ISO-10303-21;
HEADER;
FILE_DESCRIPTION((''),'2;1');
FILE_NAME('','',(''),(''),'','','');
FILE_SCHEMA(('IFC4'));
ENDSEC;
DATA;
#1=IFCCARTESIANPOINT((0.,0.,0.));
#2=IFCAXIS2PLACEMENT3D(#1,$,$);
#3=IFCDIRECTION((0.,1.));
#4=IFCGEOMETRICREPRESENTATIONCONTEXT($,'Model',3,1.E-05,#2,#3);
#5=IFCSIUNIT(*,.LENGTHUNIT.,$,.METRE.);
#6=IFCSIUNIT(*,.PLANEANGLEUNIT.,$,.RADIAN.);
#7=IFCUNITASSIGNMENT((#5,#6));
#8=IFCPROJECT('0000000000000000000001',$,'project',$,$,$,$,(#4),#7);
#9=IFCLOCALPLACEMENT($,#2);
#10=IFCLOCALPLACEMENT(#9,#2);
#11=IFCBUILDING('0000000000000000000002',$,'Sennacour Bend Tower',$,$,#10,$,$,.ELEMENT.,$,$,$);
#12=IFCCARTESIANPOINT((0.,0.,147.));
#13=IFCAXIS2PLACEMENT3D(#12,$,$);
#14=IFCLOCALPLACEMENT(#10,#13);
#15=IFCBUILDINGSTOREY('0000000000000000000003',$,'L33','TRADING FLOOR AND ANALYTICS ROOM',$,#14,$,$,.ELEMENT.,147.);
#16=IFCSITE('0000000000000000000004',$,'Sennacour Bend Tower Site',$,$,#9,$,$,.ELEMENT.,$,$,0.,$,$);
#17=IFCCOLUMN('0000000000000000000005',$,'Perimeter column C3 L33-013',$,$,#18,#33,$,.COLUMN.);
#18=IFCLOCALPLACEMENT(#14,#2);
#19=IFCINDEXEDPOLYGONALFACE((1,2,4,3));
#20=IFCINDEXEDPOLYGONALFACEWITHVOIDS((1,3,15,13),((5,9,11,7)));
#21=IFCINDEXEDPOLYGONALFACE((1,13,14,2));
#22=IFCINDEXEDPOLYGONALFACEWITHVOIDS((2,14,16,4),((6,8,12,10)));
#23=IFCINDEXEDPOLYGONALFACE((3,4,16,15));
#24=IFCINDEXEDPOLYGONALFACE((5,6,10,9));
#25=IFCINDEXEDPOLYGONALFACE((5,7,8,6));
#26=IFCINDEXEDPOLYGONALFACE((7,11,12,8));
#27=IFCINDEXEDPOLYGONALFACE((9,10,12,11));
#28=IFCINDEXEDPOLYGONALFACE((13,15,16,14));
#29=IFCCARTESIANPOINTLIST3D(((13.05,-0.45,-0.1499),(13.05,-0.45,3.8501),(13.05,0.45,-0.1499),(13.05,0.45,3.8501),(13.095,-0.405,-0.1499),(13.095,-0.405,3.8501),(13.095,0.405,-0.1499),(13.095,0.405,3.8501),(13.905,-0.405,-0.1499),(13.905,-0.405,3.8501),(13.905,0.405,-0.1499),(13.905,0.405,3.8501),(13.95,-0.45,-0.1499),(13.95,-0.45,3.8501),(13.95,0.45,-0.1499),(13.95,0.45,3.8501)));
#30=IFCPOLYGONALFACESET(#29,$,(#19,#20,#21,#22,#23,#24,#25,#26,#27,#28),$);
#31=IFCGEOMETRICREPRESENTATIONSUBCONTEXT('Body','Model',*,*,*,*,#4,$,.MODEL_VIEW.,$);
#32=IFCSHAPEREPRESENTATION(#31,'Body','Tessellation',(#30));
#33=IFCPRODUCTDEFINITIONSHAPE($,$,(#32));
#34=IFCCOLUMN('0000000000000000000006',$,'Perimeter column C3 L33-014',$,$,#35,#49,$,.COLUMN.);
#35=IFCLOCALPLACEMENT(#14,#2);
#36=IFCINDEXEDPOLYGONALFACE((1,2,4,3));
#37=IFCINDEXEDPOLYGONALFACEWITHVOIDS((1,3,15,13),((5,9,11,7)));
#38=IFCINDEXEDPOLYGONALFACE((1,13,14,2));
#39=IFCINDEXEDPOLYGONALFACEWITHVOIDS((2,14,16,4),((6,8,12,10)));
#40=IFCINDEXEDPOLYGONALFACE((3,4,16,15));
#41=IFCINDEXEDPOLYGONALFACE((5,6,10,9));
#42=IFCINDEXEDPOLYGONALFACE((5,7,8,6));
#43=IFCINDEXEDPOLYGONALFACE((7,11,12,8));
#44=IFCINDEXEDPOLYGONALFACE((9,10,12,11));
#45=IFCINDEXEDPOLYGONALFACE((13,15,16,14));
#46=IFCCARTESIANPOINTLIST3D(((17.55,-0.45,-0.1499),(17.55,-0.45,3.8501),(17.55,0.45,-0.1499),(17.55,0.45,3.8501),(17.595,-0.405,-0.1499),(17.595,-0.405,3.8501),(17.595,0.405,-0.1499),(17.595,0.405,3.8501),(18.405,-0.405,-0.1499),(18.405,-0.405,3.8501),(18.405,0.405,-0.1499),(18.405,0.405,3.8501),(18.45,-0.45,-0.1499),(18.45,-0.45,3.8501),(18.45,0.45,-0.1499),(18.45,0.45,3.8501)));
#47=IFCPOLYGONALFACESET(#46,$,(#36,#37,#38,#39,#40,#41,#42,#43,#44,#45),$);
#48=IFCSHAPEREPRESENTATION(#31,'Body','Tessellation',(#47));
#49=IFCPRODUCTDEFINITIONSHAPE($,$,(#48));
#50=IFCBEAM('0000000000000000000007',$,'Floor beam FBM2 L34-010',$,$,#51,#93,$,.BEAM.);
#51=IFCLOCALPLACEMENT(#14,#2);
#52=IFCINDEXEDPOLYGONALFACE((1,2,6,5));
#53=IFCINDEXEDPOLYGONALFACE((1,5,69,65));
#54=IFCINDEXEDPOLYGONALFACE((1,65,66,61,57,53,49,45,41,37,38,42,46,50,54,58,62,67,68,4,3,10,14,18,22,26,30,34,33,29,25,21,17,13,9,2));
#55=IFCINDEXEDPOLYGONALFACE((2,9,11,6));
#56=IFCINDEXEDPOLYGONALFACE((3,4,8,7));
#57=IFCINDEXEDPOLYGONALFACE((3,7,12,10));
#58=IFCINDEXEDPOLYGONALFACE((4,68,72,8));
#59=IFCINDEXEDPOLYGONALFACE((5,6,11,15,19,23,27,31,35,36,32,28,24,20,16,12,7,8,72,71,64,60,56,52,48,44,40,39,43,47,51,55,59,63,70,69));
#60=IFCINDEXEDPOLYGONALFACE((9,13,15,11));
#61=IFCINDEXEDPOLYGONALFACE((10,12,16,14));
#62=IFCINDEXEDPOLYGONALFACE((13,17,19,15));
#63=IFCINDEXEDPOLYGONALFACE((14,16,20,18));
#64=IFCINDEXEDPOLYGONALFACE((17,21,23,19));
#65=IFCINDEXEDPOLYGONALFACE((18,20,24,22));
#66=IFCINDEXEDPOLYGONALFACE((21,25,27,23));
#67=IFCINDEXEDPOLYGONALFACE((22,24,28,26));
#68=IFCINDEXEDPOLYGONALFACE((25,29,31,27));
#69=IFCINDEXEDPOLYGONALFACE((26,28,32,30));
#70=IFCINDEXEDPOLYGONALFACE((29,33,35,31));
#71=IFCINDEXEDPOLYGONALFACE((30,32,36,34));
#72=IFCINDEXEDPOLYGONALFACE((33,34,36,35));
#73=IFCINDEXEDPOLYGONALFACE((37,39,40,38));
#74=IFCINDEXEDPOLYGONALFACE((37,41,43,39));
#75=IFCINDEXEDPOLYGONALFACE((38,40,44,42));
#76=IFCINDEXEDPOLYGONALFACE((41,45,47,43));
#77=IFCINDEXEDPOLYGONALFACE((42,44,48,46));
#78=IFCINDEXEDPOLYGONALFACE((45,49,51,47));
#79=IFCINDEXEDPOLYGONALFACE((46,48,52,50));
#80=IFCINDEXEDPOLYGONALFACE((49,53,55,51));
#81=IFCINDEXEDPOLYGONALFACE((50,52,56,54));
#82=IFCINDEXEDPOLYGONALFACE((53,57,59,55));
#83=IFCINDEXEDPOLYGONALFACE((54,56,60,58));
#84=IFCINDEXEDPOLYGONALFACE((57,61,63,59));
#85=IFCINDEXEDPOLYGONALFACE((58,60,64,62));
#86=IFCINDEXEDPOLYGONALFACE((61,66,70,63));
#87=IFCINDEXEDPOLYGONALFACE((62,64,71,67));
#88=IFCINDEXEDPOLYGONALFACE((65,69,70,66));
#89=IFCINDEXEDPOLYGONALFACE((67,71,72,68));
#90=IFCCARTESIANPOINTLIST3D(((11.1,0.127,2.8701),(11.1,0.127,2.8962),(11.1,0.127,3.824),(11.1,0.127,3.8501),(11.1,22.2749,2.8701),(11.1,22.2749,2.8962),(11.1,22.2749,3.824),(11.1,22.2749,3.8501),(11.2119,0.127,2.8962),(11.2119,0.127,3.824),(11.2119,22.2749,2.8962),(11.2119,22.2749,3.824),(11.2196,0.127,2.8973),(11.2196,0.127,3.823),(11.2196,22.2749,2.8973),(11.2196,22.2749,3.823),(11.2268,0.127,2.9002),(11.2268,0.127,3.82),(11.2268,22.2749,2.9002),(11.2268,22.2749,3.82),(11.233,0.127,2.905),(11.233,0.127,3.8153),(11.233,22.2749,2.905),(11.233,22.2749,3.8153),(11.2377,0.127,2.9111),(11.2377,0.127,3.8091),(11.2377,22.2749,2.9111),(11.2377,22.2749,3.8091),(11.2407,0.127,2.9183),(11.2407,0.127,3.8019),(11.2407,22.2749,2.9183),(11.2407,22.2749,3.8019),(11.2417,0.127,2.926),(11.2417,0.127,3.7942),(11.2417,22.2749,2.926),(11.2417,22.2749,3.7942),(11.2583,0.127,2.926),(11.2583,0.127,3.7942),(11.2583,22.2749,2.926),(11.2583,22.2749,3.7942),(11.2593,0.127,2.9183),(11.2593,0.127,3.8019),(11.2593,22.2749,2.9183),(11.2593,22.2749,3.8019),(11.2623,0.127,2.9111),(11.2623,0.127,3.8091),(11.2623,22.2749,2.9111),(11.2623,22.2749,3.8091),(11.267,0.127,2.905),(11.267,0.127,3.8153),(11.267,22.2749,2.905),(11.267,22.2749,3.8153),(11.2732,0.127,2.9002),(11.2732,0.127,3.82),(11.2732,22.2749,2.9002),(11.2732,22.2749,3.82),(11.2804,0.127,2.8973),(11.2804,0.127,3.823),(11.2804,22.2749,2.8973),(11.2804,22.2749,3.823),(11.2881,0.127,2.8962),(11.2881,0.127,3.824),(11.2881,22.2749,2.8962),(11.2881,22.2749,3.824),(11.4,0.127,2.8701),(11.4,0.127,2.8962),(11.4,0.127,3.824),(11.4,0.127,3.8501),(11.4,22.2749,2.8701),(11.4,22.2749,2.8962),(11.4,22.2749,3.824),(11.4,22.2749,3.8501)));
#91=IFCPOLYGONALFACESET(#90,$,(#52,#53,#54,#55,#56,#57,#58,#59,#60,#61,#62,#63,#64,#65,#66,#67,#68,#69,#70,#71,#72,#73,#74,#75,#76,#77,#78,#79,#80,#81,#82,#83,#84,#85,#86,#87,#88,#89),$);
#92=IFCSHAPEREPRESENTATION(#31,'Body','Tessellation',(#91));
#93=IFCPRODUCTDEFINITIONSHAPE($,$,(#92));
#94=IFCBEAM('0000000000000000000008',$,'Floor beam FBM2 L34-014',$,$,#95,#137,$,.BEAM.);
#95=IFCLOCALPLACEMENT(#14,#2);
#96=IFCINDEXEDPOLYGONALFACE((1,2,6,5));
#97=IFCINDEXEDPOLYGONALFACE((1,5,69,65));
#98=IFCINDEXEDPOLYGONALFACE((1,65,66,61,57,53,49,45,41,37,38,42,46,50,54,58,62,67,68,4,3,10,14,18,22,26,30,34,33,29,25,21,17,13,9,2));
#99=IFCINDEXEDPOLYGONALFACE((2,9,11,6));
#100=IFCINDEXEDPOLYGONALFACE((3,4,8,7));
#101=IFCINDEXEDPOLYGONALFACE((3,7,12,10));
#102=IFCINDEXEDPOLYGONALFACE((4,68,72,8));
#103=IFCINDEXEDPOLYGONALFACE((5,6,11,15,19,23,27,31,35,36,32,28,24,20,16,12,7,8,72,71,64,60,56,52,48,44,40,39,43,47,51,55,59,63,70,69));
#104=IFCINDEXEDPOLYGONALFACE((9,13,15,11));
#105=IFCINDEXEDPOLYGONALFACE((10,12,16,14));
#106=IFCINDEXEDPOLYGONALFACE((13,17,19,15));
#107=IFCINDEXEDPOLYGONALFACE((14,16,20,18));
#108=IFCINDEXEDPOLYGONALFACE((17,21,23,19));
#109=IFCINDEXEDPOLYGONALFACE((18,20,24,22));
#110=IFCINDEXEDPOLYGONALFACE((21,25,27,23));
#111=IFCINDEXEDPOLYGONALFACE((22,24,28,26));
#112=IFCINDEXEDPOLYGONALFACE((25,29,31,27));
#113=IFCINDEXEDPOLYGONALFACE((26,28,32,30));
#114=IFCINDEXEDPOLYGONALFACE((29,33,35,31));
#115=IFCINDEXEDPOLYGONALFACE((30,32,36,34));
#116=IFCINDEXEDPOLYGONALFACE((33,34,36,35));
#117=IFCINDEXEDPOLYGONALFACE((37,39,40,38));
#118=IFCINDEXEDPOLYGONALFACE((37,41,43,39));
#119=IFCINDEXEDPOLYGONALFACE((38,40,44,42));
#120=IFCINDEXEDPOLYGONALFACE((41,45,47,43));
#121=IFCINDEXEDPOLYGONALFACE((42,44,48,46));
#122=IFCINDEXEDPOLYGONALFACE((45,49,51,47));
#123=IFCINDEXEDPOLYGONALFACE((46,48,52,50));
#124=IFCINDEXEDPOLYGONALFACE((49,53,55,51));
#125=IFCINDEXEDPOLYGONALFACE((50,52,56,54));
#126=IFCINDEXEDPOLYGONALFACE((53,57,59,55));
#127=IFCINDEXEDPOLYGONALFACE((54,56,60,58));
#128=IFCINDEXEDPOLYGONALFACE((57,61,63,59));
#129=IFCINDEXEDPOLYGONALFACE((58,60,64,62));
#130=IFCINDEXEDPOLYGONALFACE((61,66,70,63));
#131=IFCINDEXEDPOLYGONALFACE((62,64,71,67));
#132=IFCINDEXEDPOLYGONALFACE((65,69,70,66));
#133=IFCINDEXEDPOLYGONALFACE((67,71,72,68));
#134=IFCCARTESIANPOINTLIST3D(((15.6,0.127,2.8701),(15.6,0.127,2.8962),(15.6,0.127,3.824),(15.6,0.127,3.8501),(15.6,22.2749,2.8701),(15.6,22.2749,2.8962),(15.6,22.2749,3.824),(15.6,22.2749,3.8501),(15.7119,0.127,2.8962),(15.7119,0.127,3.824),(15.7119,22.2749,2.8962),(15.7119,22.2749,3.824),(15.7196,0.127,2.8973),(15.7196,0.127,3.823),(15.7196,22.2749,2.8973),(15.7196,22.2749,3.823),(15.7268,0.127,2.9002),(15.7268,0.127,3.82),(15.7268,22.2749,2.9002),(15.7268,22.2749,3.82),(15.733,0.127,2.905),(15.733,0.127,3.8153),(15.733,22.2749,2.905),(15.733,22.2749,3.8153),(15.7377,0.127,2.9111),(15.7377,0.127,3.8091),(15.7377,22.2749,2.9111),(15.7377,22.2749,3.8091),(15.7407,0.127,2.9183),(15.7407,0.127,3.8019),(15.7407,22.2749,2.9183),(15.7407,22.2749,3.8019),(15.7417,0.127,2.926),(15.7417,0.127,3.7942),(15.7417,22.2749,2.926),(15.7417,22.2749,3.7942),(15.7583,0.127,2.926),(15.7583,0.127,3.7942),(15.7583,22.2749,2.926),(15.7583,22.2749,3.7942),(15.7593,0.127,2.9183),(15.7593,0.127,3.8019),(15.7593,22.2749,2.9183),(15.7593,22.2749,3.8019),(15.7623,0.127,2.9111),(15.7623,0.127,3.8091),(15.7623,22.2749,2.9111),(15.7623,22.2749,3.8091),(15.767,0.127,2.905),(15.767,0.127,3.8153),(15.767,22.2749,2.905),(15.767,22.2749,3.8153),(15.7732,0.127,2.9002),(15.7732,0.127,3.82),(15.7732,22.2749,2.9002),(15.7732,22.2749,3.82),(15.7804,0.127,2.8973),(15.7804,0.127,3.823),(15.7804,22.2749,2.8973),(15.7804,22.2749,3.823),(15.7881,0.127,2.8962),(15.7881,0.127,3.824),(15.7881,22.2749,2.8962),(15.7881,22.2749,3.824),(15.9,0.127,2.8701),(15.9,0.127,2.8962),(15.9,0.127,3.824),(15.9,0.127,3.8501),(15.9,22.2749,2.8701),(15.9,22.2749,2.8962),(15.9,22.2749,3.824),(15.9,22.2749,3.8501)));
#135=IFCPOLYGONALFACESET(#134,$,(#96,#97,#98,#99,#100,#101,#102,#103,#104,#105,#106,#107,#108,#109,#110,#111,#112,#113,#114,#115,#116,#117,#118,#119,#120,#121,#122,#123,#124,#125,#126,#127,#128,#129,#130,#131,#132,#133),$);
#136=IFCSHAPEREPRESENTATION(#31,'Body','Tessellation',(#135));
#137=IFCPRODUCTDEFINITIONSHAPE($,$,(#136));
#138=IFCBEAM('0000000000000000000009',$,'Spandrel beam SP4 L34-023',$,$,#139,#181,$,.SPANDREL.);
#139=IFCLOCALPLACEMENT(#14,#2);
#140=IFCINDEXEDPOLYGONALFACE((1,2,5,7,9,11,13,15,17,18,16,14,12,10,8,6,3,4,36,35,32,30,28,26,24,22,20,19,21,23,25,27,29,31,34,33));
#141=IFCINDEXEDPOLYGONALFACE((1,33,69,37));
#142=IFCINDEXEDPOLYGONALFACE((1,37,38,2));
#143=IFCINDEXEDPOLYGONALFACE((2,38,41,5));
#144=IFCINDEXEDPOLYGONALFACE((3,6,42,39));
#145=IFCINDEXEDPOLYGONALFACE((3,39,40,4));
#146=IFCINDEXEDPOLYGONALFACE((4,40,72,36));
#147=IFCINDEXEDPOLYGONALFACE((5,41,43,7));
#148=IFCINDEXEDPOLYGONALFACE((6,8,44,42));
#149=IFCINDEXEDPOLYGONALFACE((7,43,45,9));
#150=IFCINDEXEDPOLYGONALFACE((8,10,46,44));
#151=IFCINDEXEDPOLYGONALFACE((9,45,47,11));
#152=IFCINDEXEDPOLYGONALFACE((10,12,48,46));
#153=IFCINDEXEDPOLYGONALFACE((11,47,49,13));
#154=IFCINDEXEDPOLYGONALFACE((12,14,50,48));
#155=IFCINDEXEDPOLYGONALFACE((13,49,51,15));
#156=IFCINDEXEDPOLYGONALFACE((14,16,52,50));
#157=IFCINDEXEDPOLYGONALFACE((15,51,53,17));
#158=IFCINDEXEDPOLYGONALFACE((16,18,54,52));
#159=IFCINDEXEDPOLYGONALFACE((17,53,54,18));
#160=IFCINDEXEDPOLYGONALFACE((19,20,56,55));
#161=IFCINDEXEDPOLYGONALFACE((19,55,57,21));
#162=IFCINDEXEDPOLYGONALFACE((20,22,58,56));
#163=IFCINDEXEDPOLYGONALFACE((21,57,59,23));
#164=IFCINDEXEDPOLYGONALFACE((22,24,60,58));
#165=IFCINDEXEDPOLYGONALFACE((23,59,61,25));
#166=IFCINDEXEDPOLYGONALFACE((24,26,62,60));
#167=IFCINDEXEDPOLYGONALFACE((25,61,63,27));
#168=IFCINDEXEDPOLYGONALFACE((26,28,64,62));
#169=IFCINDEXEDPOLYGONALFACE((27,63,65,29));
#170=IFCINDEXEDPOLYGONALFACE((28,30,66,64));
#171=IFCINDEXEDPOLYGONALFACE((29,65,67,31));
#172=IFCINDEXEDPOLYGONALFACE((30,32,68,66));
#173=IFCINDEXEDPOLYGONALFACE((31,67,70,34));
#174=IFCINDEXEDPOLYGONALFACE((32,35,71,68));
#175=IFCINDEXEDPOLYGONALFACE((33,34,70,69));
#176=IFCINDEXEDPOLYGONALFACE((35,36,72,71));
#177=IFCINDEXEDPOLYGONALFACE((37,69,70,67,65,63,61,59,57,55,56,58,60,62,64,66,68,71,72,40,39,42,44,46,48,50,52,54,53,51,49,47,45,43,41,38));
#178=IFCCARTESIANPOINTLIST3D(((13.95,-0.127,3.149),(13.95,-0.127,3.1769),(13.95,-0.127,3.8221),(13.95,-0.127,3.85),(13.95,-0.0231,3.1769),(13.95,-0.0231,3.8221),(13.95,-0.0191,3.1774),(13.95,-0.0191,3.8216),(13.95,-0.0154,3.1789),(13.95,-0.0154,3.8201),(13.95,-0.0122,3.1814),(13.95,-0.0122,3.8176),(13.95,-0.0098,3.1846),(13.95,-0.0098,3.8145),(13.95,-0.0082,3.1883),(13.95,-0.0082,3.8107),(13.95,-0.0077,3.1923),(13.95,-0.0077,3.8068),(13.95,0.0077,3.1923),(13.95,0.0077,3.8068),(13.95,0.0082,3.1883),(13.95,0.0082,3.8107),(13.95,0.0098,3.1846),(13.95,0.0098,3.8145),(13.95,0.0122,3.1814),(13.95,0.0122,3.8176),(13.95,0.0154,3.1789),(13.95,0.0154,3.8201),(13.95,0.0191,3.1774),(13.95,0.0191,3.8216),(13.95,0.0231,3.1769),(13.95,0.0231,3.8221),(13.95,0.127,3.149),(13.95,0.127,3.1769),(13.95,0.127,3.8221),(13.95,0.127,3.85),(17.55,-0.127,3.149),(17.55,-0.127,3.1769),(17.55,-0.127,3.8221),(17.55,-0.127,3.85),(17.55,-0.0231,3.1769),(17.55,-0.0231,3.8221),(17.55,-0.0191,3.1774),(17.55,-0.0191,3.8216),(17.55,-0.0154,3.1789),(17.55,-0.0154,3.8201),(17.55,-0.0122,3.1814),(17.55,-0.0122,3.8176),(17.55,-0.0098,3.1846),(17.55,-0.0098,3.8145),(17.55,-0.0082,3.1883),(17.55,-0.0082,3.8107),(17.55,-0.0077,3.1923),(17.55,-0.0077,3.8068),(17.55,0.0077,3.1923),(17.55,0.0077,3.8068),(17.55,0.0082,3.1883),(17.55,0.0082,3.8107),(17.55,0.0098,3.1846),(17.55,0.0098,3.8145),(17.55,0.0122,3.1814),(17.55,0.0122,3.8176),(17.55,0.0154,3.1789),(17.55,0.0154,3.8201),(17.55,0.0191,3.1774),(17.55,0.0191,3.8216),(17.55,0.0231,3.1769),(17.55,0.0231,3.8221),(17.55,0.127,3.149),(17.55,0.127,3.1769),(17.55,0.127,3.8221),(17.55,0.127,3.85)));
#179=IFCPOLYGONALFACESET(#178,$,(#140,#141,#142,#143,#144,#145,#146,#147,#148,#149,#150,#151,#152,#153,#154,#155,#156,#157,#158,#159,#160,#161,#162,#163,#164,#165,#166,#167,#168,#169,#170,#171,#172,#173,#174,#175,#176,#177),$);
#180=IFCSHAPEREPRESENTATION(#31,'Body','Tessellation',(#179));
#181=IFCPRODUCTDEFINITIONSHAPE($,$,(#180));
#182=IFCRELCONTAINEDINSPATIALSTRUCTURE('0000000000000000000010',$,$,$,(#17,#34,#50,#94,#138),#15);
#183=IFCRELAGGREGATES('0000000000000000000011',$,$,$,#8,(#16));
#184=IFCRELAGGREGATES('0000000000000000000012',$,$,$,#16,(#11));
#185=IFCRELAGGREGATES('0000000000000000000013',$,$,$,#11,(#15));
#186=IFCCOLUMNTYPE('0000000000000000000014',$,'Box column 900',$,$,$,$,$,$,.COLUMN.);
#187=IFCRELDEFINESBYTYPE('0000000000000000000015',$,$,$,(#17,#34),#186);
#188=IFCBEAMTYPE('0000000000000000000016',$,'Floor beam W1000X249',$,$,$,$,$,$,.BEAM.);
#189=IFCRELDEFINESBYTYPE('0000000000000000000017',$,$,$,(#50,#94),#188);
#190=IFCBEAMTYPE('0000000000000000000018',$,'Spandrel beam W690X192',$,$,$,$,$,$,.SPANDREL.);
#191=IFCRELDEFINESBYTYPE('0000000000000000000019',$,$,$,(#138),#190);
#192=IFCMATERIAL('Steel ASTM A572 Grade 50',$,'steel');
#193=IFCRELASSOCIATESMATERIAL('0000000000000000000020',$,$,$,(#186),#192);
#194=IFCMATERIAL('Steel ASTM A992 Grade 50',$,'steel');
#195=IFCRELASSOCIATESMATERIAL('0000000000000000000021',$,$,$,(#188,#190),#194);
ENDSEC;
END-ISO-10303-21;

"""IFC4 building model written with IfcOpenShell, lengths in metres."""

from ifc_helpers import new_model, si_unit, direction, frame, origin, origin_2d, place, context, subcontext, project, spatial, hollow_rectangle, i_section, extrude, material, material_profile, profile_set, type_object, element, save


model = new_model("IFC4")

# Units and contexts
model_context = context("Model", 3, precision=1e-05, world=origin(), true_north=direction((0.0, 1.0)))
body_context = subcontext(model_context, "Body", "Model", "MODEL_VIEW")
ifc_project = project(units=[si_unit("LENGTHUNIT", "METRE"), si_unit("PLANEANGLEUNIT", "RADIAN")], contexts=[model_context])

# Site, building, storey
site_placement = place(None, origin())
site = spatial("IfcSite", under=ifc_project, at=site_placement, Name="Sennacour Bend Tower Site", CompositionType="ELEMENT", RefElevation=0.0)
building_placement = place(site_placement, origin())
building = spatial("IfcBuilding", under=site, at=building_placement, Name="Sennacour Bend Tower", CompositionType="ELEMENT")
storey_placement = place(building_placement, frame((0.0, 0.0, 147.0)))
storey = spatial("IfcBuildingStorey", under=building, at=storey_placement, Name="L33", Description="TRADING FLOOR AND ANALYTICS ROOM", CompositionType="ELEMENT", Elevation=147.0)

# Columns
ifc_material_1 = material(Name="Steel ASTM A572 Grade 50", Category="steel")
ifc_material_profile_1 = material_profile(ifc_material_1, hollow_rectangle(XDim=0.8999, YDim=0.8999, WallThickness=0.0449, at=origin_2d()), Name="Steel ASTM A572 Grade 50", Category="steel")
ifc_profile_set_1 = profile_set([ifc_material_profile_1], Name="Steel ASTM A572 Grade 50")
column_type = type_object("IfcColumnType", Name="Box column 900", PredefinedType="COLUMN", material=ifc_profile_set_1)
for number, where, z_axis, x_axis, name in (
    (1, (13.5, 0.0, -0.1499), (0.0, 0.0, 1.0), (1.0, 0.0, 0.0), "Perimeter column C3 L33-013"),
    (2, (18.0, 0.0, -0.1499), (0.0, 0.0, 1.0), (1.0, 0.0, 0.0), "Perimeter column C3 L33-014"),
):
    element("IfcColumn", number, at=place(storey_placement, frame(where, z_axis=z_axis, x_axis=x_axis)), inside=storey, type_object=column_type, Name=name, PredefinedType="COLUMN", context=body_context, shape_type="SweptSolid", body=[
        extrude(hollow_rectangle(XDim=0.8999, YDim=0.8999, WallThickness=0.0449, at=origin_2d()), origin(), (0.0, 0.0, 1.0), 4.0),
    ])

# Beams
ifc_material_2 = material(Name="Steel ASTM A992 Grade 50", Category="steel")
ifc_material_profile_2 = material_profile(ifc_material_2, i_section(OverallWidth=0.3, OverallDepth=0.98, WebThickness=0.0166, FlangeThickness=0.0261, FilletRadius=0.0298, at=origin_2d()), Name="Steel ASTM A992 Grade 50", Category="steel")
ifc_profile_set_2 = profile_set([ifc_material_profile_2], Name="Steel ASTM A992 Grade 50")
beam_type_1 = type_object("IfcBeamType", Name="Floor beam W1000X249", PredefinedType="BEAM", material=ifc_profile_set_2)
for number, where, z_axis, x_axis, name in (
    (3, (11.25, 0.127, 3.3601), (0.0, 1.0, 0.0), (-1.0, 0.0, 0.0), "Floor beam FBM2 L34-010"),
    (4, (15.75, 0.127, 3.3601), (0.0, 1.0, 0.0), (-1.0, 0.0, 0.0), "Floor beam FBM2 L34-014"),
):
    element("IfcBeam", number, at=place(storey_placement, frame(where, z_axis=z_axis, x_axis=x_axis)), inside=storey, type_object=beam_type_1, Name=name, PredefinedType="BEAM", context=body_context, shape_type="SweptSolid", body=[
        extrude(i_section(OverallWidth=0.3, OverallDepth=0.98, WebThickness=0.0166, FlangeThickness=0.0261, FilletRadius=0.0298, at=origin_2d()), origin(), (0.0, 0.0, 1.0), 22.1479),
    ])
ifc_material_profile_3 = material_profile(ifc_material_2, i_section(OverallWidth=0.2539, OverallDepth=0.7009, WebThickness=0.0154, FlangeThickness=0.0278, FilletRadius=0.0154, at=origin_2d()), Name="Steel ASTM A992 Grade 50", Category="steel")
ifc_profile_set_3 = profile_set([ifc_material_profile_3], Name="Steel ASTM A992 Grade 50")
beam_type_2 = type_object("IfcBeamType", Name="Spandrel beam W690X192", PredefinedType="SPANDREL", material=ifc_profile_set_3)
for number, where, z_axis, x_axis, name in (
    (5, (17.55, 0.0, 3.4995), (-1.0, 0.0, 0.0), (0.0, -1.0, 0.0), "Spandrel beam SP4 L34-023"),
):
    element("IfcBeam", number, at=place(storey_placement, frame(where, z_axis=z_axis, x_axis=x_axis)), inside=storey, type_object=beam_type_2, Name=name, PredefinedType="SPANDREL", context=body_context, shape_type="SweptSolid", body=[
        extrude(i_section(OverallWidth=0.2539, OverallDepth=0.7009, WebThickness=0.0154, FlangeThickness=0.0278, FilletRadius=0.0154, at=origin_2d()), origin(), (0.0, 0.0, 1.0), 3.6001),
    ])

save(model, "model.ifc")
